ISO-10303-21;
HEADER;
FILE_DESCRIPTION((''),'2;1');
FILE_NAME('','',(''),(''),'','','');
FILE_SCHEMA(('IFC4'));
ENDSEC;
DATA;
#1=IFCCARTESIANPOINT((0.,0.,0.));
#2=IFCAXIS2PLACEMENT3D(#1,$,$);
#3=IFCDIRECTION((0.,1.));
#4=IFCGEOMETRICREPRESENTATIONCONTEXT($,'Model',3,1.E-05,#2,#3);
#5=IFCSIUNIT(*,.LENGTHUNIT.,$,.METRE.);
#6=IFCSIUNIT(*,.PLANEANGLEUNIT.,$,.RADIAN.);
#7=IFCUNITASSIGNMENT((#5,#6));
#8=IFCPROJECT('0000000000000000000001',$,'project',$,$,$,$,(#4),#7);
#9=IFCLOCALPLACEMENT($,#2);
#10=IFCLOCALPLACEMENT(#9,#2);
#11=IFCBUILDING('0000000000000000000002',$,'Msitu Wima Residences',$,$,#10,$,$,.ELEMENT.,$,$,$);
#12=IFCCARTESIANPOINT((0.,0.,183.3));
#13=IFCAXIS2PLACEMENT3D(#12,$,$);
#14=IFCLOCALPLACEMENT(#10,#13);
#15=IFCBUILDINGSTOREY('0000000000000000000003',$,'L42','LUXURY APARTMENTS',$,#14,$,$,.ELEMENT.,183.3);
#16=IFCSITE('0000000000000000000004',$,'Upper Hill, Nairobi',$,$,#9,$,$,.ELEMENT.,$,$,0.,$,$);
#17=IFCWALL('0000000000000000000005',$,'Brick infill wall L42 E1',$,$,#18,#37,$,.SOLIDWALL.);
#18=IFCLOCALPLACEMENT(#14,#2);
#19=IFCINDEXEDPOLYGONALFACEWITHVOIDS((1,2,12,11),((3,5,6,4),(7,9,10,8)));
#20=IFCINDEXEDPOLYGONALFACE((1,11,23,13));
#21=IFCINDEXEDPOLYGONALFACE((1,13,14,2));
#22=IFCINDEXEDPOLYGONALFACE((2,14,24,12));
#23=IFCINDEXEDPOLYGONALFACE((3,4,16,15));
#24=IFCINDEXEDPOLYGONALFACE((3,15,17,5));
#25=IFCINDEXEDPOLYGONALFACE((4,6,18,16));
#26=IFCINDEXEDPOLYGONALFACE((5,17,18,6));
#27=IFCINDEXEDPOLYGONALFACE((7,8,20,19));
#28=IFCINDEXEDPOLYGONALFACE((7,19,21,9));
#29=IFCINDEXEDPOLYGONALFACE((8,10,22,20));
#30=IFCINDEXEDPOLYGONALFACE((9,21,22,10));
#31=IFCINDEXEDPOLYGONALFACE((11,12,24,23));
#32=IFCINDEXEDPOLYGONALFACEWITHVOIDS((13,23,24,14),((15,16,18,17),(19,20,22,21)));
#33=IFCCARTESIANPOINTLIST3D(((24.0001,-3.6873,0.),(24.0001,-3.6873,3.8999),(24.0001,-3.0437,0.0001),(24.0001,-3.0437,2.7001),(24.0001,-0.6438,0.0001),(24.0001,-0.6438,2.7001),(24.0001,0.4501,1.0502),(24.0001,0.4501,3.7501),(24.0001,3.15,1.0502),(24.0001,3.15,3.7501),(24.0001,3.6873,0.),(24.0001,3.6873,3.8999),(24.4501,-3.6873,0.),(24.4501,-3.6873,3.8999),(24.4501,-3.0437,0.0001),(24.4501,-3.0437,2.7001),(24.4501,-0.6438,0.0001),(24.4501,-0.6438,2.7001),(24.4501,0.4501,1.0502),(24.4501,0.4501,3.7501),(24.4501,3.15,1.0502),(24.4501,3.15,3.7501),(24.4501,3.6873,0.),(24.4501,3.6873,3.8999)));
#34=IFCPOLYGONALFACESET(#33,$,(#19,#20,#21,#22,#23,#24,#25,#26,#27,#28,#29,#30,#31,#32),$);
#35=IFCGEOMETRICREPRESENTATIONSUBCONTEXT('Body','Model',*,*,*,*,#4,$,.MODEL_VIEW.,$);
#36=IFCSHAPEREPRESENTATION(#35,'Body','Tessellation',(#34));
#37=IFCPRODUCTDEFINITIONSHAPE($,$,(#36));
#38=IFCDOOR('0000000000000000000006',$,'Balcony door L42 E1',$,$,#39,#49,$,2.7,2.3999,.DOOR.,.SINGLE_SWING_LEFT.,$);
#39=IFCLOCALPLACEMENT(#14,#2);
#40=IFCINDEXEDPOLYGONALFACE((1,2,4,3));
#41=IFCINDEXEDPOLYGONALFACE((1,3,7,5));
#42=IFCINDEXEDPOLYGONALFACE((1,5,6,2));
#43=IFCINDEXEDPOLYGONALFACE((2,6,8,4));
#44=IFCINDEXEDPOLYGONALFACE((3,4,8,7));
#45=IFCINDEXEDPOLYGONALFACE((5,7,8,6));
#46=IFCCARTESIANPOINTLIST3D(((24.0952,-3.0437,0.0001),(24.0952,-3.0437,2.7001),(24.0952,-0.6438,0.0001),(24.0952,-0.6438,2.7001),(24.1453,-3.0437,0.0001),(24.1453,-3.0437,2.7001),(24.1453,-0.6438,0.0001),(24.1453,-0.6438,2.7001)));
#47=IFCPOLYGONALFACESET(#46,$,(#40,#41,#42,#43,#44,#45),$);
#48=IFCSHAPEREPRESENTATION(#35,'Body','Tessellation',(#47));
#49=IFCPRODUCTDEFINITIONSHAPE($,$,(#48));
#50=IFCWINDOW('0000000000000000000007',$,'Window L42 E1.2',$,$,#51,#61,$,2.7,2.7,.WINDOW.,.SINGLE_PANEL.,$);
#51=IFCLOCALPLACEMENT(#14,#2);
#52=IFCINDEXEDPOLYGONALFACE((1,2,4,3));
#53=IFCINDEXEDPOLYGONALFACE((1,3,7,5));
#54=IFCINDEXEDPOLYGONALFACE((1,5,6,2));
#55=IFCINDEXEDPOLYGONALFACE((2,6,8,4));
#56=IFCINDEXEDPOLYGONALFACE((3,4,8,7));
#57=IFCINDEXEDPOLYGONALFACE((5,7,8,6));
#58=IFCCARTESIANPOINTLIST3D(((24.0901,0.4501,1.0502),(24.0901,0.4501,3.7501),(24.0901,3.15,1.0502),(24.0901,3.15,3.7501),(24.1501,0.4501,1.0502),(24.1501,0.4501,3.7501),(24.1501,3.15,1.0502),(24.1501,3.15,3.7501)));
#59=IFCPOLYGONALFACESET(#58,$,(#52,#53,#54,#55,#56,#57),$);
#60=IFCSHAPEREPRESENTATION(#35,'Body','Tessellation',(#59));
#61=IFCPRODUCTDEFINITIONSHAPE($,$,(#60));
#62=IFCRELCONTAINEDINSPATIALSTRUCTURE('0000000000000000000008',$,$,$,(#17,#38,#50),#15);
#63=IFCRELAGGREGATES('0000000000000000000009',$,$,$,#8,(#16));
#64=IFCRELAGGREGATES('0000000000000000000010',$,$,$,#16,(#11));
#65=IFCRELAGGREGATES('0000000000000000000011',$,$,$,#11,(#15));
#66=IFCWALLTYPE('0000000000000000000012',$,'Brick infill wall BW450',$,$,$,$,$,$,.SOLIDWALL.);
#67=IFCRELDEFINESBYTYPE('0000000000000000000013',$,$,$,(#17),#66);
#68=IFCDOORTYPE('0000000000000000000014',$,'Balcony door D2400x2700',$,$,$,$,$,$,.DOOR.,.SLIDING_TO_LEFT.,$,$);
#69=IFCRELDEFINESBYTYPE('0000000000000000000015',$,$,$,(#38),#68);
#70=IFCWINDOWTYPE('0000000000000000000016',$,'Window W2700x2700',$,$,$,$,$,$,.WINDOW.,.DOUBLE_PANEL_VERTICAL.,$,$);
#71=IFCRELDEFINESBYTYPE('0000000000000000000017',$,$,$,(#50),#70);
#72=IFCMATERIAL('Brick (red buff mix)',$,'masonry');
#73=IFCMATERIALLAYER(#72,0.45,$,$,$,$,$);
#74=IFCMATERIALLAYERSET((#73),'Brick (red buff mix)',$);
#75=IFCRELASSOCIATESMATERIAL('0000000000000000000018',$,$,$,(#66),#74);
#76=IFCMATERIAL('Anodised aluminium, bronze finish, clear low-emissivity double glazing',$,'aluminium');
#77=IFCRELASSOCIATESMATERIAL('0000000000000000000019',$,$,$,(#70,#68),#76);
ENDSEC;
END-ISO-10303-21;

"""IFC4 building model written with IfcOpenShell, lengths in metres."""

from ifc_helpers import new_model, si_unit, direction, frame, frame_2d, origin, place, context, subcontext, project, spatial, rectangle, extrude, material, layer, layer_set, type_object, element, fill, save


model = new_model("IFC4")

# Units and contexts
model_context = context("Model", 3, precision=1e-05, world=origin(), true_north=direction((0.0, 1.0)))
body_context = subcontext(model_context, "Body", "Model", "MODEL_VIEW")
ifc_project = project(units=[si_unit("LENGTHUNIT", "METRE"), si_unit("PLANEANGLEUNIT", "RADIAN")], contexts=[model_context])

# Site, building, storey
site_placement = place(None, origin())
site = spatial("IfcSite", under=ifc_project, at=site_placement, Name="Upper Hill, Nairobi", CompositionType="ELEMENT", RefElevation=0.0)
building_placement = place(site_placement, origin())
building = spatial("IfcBuilding", under=site, at=building_placement, Name="Msitu Wima Residences", CompositionType="ELEMENT")
storey_placement = place(building_placement, frame((0.0, 0.0, 183.3)))
storey = spatial("IfcBuildingStorey", under=building, at=storey_placement, Name="L42", Description="LUXURY APARTMENTS", CompositionType="ELEMENT", Elevation=183.3)

# Shared definitions
ifc_material_1 = material(Name="Brick (red buff mix)", Category="masonry")
ifc_layer_1 = layer(ifc_material_1, 0.45)
ifc_layer_set_1 = layer_set([ifc_layer_1], Name="Brick (red buff mix)")
wall_type_1 = type_object("IfcWallType", Name="Brick infill wall BW450", PredefinedType="SOLIDWALL", material=ifc_layer_set_1)
ifc_material_2 = material(Name="Anodised aluminium, bronze finish, clear low-emissivity double glazing", Category="aluminium")
window_type = type_object("IfcWindowType", Name="Window W2700x2700", PartitioningType="DOUBLE_PANEL_VERTICAL", PredefinedType="WINDOW", material=ifc_material_2)

# Wall, openings, door, window
wall_1_placement = place(storey_placement, frame((24.2251, -3.6873, 0.0), z_axis=(0.0, 0.0, 1.0), x_axis=(0.0, 1.0, 0.0)))
wall_1 = element("IfcWall", 1, at=wall_1_placement, inside=storey, type_object=wall_type_1, Name="Brick infill wall L42 E1", PredefinedType="SOLIDWALL", context=body_context, shape_type="SweptSolid", body=[
    extrude(rectangle(XDim=7.3745, YDim=0.45, at=frame_2d((3.6873, 0.0))), origin(), (0.0, 0.0, 1.0), 3.8999),
])
opening_1_placement = place(wall_1_placement, frame((0.6436, 0.0, 0.0)))
opening_1 = element("IfcOpeningElement", 2, at=opening_1_placement, cuts=wall_1, PredefinedType="OPENING", context=body_context, shape_type="SweptSolid", body=[
    extrude(rectangle(XDim=2.3999, YDim=2.7, at=frame_2d((1.2, 1.3501))), frame((0.0, 0.2349, 0.0), z_axis=(0.0, -1.0, 0.0), x_axis=(1.0, 0.0, 0.0)), (0.0, 0.0, 1.0), 0.47),
])
opening_2_placement = place(wall_1_placement, frame((4.1372, 0.0, 1.05)))
opening_2 = element("IfcOpeningElement", 3, at=opening_2_placement, cuts=wall_1, PredefinedType="OPENING", context=body_context, shape_type="SweptSolid", body=[
    extrude(rectangle(XDim=2.7, YDim=2.7, at=frame_2d((1.3501, 1.3501))), frame((0.0, 0.2349, 0.0), z_axis=(0.0, -1.0, 0.0), x_axis=(1.0, 0.0, 0.0)), (0.0, 0.0, 1.0), 0.47),
])
door_type = type_object("IfcDoorType", Name="Balcony door D2400x2700", OperationType="SLIDING_TO_LEFT", PredefinedType="DOOR", material=ifc_material_2)
door_placement = place(opening_1_placement, origin())
door = element("IfcDoor", 4, at=door_placement, inside=storey, type_object=door_type, Name="Balcony door L42 E1", OperationType="SINGLE_SWING_LEFT", OverallHeight=2.7, OverallWidth=2.3999, PredefinedType="DOOR", context=body_context, shape_type="SweptSolid", body=[
    extrude(rectangle(XDim=2.3999, YDim=2.7, at=frame_2d((1.2, 1.3501))), frame((0.0, 0.1299, 0.0), z_axis=(0.0, -1.0, 0.0), x_axis=(1.0, 0.0, 0.0)), (0.0, 0.0, 1.0), 0.05),
])
fill(opening_1, door)
window_1_placement = place(opening_2_placement, origin())
window_1 = element("IfcWindow", 5, at=window_1_placement, inside=storey, type_object=window_type, Name="Window L42 E1.2", OverallHeight=2.7, OverallWidth=2.7, PartitioningType="SINGLE_PANEL", PredefinedType="WINDOW", context=body_context, shape_type="SweptSolid", body=[
    extrude(rectangle(XDim=2.7, YDim=2.7, at=frame_2d((1.3501, 1.3501))), frame((0.0, 0.135, 0.0), z_axis=(0.0, -1.0, 0.0), x_axis=(1.0, 0.0, 0.0)), (0.0, 0.0, 1.0), 0.0601),
])
fill(opening_2, window_1)

save(model, "model.ifc")
